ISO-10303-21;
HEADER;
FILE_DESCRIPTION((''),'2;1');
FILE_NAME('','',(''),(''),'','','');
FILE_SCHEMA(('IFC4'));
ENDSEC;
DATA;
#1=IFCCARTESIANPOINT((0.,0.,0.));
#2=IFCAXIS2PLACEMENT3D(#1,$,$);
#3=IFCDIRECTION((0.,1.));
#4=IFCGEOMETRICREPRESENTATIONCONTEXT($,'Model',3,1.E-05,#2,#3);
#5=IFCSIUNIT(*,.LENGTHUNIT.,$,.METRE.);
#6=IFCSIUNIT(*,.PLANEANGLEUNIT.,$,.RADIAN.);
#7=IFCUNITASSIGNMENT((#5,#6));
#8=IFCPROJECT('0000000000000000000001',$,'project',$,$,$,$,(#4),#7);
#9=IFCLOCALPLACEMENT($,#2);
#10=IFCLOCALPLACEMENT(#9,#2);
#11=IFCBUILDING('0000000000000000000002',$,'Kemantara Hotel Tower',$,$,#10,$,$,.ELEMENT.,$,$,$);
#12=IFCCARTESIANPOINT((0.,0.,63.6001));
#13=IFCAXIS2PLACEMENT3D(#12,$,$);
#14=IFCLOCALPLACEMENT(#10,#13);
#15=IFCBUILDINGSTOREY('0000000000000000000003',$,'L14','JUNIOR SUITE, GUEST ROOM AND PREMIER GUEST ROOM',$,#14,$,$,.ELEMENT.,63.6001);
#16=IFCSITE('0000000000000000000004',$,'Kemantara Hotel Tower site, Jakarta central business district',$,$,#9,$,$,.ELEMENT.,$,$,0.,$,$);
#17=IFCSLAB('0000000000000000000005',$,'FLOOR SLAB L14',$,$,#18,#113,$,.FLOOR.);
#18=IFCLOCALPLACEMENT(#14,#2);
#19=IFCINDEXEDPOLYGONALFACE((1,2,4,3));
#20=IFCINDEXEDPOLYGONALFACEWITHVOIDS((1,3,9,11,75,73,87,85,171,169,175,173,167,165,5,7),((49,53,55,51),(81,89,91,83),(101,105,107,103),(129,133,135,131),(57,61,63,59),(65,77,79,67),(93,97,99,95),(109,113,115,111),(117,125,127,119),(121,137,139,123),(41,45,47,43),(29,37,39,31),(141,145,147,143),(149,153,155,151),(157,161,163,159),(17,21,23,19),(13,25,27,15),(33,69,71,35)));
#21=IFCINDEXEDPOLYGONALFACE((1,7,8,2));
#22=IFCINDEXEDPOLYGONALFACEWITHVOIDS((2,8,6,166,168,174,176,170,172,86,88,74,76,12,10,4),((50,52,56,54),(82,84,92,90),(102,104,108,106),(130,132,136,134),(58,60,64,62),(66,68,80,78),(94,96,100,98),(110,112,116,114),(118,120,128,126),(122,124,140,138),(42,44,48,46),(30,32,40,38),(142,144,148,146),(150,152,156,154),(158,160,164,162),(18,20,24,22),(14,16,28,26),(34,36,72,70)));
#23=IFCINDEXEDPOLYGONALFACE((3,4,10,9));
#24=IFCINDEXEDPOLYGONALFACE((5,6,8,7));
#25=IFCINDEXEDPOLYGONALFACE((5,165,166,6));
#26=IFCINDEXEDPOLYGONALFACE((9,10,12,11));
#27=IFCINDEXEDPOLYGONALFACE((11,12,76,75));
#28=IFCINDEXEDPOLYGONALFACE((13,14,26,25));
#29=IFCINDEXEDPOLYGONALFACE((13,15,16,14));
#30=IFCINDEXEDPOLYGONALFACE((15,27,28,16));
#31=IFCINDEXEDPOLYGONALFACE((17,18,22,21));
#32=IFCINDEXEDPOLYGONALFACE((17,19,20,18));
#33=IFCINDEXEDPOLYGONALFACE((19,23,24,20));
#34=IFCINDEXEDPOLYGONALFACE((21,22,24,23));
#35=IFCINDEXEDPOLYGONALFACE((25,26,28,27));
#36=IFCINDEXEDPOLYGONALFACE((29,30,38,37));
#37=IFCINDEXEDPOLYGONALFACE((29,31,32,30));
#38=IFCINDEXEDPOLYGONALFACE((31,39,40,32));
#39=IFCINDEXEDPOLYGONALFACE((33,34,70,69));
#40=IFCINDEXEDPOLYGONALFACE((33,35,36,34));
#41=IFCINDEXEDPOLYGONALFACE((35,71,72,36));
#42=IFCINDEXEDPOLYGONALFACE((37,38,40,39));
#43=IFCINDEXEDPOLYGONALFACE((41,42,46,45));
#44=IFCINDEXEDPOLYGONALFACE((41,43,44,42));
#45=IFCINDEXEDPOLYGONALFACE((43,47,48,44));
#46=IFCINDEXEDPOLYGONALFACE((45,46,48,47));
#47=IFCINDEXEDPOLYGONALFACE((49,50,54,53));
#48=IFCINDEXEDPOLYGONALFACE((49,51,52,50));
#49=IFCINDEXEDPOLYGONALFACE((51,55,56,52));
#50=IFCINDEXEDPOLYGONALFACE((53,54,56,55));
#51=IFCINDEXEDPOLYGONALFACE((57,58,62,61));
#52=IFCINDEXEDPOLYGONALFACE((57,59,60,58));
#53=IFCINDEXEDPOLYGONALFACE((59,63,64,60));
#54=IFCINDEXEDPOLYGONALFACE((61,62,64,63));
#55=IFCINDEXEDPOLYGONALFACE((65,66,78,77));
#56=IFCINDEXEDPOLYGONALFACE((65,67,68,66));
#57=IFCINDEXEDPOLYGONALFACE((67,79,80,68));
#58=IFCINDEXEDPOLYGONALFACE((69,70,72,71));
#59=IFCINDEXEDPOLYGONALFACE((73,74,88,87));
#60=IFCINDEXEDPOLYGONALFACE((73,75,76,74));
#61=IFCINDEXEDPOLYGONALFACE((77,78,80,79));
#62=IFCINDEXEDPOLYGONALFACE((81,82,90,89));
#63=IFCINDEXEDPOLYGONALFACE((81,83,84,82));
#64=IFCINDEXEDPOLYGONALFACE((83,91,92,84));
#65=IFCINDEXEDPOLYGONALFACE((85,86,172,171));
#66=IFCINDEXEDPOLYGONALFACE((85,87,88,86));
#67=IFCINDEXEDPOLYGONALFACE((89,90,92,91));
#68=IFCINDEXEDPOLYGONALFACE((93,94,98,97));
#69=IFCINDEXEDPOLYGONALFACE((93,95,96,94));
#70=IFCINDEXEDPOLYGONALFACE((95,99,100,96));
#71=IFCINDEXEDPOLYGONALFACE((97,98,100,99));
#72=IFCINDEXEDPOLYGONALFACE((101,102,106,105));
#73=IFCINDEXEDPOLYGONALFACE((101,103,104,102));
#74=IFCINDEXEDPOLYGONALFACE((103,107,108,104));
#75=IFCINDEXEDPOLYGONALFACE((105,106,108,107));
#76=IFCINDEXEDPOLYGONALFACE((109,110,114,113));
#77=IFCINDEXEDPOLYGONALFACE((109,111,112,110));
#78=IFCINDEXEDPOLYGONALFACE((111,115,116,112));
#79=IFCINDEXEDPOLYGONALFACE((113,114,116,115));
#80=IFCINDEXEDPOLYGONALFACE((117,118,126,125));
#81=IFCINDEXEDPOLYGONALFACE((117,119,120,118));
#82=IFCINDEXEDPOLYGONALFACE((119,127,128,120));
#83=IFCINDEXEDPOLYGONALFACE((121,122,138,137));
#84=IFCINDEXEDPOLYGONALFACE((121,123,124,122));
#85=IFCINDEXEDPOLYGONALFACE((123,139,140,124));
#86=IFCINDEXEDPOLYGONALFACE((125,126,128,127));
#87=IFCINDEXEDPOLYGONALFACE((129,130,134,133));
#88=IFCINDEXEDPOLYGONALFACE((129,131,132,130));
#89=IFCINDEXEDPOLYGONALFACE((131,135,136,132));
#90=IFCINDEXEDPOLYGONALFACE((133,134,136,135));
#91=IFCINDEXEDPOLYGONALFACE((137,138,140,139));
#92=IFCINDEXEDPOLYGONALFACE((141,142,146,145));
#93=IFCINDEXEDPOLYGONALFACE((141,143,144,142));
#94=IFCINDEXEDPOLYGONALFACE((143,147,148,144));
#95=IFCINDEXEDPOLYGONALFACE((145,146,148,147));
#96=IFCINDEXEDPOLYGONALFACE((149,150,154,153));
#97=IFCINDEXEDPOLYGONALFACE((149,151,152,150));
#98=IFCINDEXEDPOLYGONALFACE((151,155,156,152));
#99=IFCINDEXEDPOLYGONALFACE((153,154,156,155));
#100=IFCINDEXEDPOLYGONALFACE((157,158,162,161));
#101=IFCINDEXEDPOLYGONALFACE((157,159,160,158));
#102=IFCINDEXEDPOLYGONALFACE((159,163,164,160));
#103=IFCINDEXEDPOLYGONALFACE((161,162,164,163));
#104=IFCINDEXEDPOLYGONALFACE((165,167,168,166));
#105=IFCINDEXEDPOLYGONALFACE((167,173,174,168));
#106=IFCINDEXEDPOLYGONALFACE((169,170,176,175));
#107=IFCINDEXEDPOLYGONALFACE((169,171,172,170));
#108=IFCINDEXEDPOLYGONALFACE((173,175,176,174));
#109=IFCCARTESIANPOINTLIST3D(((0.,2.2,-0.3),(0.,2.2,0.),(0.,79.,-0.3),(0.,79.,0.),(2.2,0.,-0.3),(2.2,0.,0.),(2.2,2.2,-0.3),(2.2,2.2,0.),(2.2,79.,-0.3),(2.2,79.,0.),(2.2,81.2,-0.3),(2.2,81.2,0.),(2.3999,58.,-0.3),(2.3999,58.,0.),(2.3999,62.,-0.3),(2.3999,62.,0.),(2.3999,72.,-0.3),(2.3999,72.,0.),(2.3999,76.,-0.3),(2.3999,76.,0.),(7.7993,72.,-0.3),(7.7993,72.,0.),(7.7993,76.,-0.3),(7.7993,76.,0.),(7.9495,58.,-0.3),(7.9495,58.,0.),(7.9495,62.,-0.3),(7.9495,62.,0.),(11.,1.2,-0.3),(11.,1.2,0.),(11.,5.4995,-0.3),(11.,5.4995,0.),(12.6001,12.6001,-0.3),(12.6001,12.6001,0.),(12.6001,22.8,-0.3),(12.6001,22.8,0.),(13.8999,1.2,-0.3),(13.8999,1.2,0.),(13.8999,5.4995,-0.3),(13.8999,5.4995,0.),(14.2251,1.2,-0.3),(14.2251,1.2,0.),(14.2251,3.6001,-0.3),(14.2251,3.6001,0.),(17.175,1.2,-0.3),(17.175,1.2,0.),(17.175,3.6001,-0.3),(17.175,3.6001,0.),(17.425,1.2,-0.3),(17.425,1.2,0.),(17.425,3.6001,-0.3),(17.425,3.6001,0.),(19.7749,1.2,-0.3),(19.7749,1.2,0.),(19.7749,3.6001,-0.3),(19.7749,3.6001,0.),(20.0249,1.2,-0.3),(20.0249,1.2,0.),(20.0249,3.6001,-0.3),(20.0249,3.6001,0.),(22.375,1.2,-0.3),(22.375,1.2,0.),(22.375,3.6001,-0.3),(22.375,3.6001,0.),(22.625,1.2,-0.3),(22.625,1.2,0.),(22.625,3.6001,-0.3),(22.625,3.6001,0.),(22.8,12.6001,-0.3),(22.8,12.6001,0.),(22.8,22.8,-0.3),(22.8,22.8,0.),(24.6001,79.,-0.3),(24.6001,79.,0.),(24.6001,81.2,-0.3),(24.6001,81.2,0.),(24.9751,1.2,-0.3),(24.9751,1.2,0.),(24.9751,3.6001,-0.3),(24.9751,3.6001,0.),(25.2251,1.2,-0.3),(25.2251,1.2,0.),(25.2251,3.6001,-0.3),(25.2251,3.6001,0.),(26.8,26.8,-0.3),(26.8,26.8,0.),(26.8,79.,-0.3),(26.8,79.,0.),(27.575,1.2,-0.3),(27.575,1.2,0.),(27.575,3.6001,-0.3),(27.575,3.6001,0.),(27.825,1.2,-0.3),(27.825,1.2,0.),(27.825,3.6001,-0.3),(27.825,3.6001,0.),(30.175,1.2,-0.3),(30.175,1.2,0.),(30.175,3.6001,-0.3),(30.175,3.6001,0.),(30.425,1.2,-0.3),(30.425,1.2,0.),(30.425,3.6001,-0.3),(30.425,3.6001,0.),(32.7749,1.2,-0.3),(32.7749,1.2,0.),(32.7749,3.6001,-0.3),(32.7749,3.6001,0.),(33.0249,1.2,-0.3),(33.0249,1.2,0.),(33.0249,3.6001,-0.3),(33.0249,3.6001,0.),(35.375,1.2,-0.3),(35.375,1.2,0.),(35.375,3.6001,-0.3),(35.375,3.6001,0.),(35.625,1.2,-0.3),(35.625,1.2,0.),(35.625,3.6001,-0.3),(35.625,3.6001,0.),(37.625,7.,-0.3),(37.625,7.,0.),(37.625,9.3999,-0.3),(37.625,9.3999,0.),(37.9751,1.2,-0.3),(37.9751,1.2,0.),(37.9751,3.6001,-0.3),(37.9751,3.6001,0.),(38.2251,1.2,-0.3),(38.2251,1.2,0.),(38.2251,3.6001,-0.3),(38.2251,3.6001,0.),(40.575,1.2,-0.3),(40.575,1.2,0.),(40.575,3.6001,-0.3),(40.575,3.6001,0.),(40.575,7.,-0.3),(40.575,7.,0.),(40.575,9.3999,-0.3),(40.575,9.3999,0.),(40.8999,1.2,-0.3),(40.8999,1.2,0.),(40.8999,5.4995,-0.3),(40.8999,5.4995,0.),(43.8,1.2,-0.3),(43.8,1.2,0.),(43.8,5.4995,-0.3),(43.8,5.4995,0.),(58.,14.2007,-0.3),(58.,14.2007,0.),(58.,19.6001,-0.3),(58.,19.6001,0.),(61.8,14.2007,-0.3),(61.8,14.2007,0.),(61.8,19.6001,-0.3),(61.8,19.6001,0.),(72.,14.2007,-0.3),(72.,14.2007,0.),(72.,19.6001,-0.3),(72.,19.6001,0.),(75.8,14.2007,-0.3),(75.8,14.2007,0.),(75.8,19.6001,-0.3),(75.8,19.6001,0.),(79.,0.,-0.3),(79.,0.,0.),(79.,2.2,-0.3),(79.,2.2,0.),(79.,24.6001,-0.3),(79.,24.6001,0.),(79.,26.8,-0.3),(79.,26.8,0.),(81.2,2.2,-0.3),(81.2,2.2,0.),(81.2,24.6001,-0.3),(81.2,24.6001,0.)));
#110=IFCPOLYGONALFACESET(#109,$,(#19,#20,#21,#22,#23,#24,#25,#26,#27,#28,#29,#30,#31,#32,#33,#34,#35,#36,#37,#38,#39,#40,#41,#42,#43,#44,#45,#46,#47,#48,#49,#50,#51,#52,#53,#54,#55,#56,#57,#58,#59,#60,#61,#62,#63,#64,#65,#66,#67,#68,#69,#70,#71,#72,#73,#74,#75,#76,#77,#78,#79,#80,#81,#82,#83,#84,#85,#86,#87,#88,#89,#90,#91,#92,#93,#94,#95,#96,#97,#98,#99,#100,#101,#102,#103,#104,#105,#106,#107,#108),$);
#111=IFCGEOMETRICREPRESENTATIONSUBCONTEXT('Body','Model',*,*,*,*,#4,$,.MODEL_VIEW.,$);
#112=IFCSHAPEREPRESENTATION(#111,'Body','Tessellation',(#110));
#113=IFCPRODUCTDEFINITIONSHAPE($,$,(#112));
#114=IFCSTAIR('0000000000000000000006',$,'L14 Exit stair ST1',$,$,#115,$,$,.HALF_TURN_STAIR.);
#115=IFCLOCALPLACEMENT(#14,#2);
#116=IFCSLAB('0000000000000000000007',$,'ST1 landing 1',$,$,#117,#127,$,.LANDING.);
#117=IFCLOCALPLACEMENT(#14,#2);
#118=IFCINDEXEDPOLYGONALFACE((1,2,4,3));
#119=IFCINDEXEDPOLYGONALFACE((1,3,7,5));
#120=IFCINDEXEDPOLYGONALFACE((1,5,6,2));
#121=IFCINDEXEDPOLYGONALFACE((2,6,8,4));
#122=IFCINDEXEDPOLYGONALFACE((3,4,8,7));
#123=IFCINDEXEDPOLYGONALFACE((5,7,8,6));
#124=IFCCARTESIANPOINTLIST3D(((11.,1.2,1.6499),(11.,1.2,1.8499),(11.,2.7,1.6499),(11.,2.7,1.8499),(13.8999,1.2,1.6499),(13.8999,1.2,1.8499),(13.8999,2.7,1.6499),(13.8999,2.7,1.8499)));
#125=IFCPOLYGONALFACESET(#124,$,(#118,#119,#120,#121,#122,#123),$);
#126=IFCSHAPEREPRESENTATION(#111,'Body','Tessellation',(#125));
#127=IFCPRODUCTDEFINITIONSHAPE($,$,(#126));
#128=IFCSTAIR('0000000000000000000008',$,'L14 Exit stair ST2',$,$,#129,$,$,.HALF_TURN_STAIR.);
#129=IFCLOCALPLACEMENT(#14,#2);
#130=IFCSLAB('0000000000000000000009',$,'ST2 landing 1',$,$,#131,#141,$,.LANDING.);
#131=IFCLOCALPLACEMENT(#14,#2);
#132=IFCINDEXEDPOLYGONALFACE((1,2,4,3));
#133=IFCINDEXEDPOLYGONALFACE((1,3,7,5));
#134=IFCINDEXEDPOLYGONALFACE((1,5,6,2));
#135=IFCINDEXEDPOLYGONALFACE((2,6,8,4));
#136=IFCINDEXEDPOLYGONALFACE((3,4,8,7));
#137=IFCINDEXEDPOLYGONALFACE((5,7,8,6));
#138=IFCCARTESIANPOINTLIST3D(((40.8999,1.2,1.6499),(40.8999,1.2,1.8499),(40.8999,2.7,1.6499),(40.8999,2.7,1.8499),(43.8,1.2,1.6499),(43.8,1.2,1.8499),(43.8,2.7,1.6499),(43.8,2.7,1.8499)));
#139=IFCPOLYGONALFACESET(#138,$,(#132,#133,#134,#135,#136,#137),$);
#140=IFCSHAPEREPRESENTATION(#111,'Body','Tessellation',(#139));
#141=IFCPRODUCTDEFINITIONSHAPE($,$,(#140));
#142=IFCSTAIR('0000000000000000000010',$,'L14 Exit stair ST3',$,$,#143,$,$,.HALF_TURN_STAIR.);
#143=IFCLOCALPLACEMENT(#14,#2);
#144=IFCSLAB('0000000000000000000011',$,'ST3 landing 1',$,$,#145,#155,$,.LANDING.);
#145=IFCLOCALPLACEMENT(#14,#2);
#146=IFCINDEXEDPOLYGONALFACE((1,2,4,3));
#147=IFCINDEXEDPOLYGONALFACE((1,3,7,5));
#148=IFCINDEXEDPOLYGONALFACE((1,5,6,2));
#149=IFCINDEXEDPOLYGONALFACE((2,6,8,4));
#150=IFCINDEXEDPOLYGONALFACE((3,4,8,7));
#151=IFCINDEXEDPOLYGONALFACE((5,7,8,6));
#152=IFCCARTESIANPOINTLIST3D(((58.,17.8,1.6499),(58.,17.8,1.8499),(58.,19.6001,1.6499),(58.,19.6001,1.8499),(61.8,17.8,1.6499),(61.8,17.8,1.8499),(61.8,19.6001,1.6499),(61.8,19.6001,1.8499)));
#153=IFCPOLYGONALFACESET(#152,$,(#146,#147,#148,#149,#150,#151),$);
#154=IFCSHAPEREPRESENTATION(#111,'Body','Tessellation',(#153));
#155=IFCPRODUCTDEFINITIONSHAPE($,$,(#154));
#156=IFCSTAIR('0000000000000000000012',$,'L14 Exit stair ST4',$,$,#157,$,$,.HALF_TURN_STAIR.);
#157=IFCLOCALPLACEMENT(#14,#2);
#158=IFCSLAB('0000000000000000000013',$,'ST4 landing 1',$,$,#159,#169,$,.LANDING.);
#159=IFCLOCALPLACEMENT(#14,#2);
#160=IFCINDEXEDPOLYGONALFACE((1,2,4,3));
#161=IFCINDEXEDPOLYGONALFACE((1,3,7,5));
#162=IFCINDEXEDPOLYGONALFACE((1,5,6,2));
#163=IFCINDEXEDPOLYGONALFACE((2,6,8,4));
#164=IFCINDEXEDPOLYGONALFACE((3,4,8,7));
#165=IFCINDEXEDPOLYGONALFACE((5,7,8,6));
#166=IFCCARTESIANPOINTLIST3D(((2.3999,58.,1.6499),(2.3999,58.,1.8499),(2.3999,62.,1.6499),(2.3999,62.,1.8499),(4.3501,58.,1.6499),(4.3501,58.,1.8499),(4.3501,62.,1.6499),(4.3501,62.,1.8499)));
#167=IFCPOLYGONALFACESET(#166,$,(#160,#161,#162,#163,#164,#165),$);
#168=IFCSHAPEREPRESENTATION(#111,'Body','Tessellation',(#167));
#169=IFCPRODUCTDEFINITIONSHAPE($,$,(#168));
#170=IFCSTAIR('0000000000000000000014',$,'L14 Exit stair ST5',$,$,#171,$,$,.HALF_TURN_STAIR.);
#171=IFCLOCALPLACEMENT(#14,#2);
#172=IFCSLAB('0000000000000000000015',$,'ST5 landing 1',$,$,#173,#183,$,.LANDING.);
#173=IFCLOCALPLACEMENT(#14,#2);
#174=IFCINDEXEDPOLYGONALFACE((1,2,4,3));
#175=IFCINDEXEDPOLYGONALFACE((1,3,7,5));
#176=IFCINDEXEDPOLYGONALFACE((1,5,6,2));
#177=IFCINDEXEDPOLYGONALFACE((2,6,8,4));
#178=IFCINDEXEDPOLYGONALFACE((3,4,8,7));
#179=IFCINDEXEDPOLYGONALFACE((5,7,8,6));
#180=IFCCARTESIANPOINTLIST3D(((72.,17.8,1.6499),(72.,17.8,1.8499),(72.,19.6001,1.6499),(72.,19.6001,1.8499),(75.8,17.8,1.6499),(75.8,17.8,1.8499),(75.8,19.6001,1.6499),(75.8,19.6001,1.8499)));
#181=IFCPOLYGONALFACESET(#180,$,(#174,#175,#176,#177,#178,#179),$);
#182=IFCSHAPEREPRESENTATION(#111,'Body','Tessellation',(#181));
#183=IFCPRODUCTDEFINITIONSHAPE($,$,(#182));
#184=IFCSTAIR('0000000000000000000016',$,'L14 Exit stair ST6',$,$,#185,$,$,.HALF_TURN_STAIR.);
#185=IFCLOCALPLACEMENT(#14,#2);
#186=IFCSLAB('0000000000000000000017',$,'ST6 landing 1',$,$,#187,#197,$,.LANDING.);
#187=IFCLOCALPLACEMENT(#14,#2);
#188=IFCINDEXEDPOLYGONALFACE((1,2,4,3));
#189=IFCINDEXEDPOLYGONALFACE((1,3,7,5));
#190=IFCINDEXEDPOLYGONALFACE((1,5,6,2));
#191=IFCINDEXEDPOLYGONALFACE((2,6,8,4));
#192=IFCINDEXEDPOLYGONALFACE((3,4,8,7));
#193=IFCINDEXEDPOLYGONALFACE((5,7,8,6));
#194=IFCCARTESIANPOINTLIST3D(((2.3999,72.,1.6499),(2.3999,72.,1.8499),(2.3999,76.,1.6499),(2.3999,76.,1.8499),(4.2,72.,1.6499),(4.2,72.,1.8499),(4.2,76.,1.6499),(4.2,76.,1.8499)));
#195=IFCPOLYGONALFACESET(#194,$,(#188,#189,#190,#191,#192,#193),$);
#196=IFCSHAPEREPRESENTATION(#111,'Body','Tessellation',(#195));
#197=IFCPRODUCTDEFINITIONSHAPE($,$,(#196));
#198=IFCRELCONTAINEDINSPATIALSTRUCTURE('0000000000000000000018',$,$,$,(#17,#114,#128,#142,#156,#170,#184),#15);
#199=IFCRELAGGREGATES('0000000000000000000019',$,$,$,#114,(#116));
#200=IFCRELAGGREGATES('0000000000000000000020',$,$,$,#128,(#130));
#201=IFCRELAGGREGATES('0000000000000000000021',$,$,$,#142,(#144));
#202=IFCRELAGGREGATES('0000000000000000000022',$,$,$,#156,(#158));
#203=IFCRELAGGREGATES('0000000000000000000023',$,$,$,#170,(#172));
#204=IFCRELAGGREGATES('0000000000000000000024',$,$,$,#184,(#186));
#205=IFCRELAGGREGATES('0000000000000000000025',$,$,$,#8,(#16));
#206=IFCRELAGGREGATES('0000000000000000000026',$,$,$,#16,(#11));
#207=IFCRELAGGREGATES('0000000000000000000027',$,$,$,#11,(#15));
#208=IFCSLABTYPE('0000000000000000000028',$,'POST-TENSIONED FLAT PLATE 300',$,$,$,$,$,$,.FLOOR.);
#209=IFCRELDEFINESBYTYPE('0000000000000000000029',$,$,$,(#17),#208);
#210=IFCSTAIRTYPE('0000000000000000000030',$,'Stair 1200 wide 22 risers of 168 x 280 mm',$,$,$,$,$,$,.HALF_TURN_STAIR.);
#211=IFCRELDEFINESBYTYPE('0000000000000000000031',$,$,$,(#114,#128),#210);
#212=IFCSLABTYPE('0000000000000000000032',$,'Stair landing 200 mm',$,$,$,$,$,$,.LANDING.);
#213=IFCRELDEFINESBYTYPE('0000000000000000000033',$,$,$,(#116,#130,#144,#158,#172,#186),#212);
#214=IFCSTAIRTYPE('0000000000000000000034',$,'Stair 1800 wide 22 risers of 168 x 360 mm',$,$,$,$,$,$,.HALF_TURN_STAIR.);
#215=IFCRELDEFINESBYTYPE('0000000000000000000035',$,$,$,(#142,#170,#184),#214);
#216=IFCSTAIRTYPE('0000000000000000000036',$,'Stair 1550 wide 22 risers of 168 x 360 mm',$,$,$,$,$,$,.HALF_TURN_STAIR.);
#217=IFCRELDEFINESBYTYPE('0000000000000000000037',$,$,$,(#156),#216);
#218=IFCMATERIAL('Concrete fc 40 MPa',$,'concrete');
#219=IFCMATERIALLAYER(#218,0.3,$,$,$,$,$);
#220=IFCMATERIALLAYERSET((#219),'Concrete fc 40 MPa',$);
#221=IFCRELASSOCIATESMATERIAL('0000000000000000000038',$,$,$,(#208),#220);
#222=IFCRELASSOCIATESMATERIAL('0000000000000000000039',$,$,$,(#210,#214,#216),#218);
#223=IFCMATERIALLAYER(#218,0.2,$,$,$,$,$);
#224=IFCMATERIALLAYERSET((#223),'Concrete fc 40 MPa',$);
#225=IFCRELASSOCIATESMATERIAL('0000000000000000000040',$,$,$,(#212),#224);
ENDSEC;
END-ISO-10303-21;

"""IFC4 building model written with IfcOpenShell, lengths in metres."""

from ifc_helpers import new_model, si_unit, direction, frame, origin, place, context, subcontext, project, spatial, polyline, outline, extrude, material, layer, layer_set, type_object, element, aggregate, save


model = new_model("IFC4")

# Units and contexts
model_context = context("Model", 3, precision=1e-05, world=origin(), true_north=direction((0.0, 1.0)))
body_context = subcontext(model_context, "Body", "Model", "MODEL_VIEW")
ifc_project = project(units=[si_unit("LENGTHUNIT", "METRE"), si_unit("PLANEANGLEUNIT", "RADIAN")], contexts=[model_context])

# Site, building, storey
site_placement = place(None, origin())
site = spatial("IfcSite", under=ifc_project, at=site_placement, Name="Kemantara Hotel Tower site, Jakarta central business district", CompositionType="ELEMENT", RefElevation=0.0)
building_placement = place(site_placement, origin())
building = spatial("IfcBuilding", under=site, at=building_placement, Name="Kemantara Hotel Tower", CompositionType="ELEMENT")
storey_placement = place(building_placement, frame((0.0, 0.0, 63.6001)))
storey = spatial("IfcBuildingStorey", under=building, at=storey_placement, Name="L14", Description="JUNIOR SUITE, GUEST ROOM AND PREMIER GUEST ROOM", CompositionType="ELEMENT", Elevation=63.6001)

# Slab
ifc_material_1 = material(Name="Concrete fc 40 MPa", Category="concrete")
ifc_layer_1 = layer(ifc_material_1, 0.3)
ifc_layer_set_1 = layer_set([ifc_layer_1], Name="Concrete fc 40 MPa")
slab_type_1 = type_object("IfcSlabType", Name="POST-TENSIONED FLAT PLATE 300", PredefinedType="FLOOR", material=ifc_layer_set_1)
slab_1_placement = place(storey_placement, frame((0.0, 0.0, -0.3)))
element("IfcSlab", 1, at=slab_1_placement, inside=storey, type_object=slab_type_1, Name="FLOOR SLAB L14", PredefinedType="FLOOR", context=body_context, shape_type="SweptSolid", body=[
    extrude(outline(polyline([(0.0, 2.2), (2.2, 2.2), (2.2, 0.0), (79.0, 0.0), (79.0, 2.2), (81.2, 2.2), (81.2, 24.6001), (79.0, 24.6001), (79.0, 26.8), (26.8, 26.8), (26.8, 79.0), (24.6001, 79.0), (24.6001, 81.2), (2.2, 81.2), (2.2, 79.0), (0.0, 79.0), (0.0, 2.2)]), holes=[polyline([(17.175, 1.2), (14.2251, 1.2), (14.2251, 3.6001), (17.175, 3.6001), (17.175, 1.2)]), polyline([(19.7749, 1.2), (17.425, 1.2), (17.425, 3.6001), (19.7749, 3.6001), (19.7749, 1.2)]), polyline([(22.375, 1.2), (20.0249, 1.2), (20.0249, 3.6001), (22.375, 3.6001), (22.375, 1.2)]), polyline([(24.9751, 1.2), (22.625, 1.2), (22.625, 3.6001), (24.9751, 3.6001), (24.9751, 1.2)]), polyline([(27.575, 1.2), (25.2251, 1.2), (25.2251, 3.6001), (27.575, 3.6001), (27.575, 1.2)]), polyline([(11.0, 1.2), (11.0, 5.4995), (13.8999, 5.4995), (13.8999, 1.2), (11.0, 1.2)]), polyline([(22.8, 12.6001), (12.6001, 12.6001), (12.6001, 22.8), (22.8, 22.8), (22.8, 12.6001)]), polyline([(7.9495, 62.0), (7.9495, 58.0), (2.3999, 58.0), (2.3999, 62.0), (7.9495, 62.0)]), polyline([(7.7993, 76.0), (7.7993, 72.0), (2.3999, 72.0), (2.3999, 76.0), (7.7993, 76.0)]), polyline([(30.175, 1.2), (27.825, 1.2), (27.825, 3.6001), (30.175, 3.6001), (30.175, 1.2)]), polyline([(32.7749, 1.2), (30.425, 1.2), (30.425, 3.6001), (32.7749, 3.6001), (32.7749, 1.2)]), polyline([(35.375, 1.2), (33.0249, 1.2), (33.0249, 3.6001), (35.375, 3.6001), (35.375, 1.2)]), polyline([(37.9751, 1.2), (35.625, 1.2), (35.625, 3.6001), (37.9751, 3.6001), (37.9751, 1.2)]), polyline([(40.575, 1.2), (38.2251, 1.2), (38.2251, 3.6001), (40.575, 3.6001), (40.575, 1.2)]), polyline([(40.8999, 1.2), (40.8999, 5.4995), (43.8, 5.4995), (43.8, 1.2), (40.8999, 1.2)]), polyline([(40.575, 7.0), (37.625, 7.0), (37.625, 9.3999), (40.575, 9.3999), (40.575, 7.0)]), polyline([(61.8, 14.2007), (58.0, 14.2007), (58.0, 19.6001), (61.8, 19.6001), (61.8, 14.2007)]), polyline([(75.8, 14.2007), (72.0, 14.2007), (72.0, 19.6001), (75.8, 19.6001), (75.8, 14.2007)])]), origin(), (0.0, 0.0, 1.0), 0.3),
])

# Stairs, slabs
stair_type_1 = type_object("IfcStairType", Name="Stair 1200 wide 22 risers of 168 x 280 mm", PredefinedType="HALF_TURN_STAIR", material=ifc_material_1)
stair_1_placement = place(storey_placement, origin())
stair_1 = element("IfcStair", 2, at=stair_1_placement, inside=storey, type_object=stair_type_1, Name="L14 Exit stair ST1", PredefinedType="HALF_TURN_STAIR")
ifc_layer_2 = layer(ifc_material_1, 0.2)
ifc_layer_set_2 = layer_set([ifc_layer_2], Name="Concrete fc 40 MPa")
slab_type_2 = type_object("IfcSlabType", Name="Stair landing 200 mm", PredefinedType="LANDING", material=ifc_layer_set_2)
slab_2_placement = place(storey_placement, frame((0.0, 0.0, 1.6499)))
slab_2 = element("IfcSlab", 3, at=slab_2_placement, type_object=slab_type_2, Name="ST1 landing 1", PredefinedType="LANDING", context=body_context, shape_type="SweptSolid", body=[
    extrude(outline(polyline([(11.0, 2.7), (11.0, 1.2), (13.8999, 1.2), (13.8999, 2.7), (11.0, 2.7)])), origin(), (0.0, 0.0, 1.0), 0.2),
])
aggregate(stair_1, [slab_2])
stair_2_placement = place(storey_placement, origin())
stair_2 = element("IfcStair", 4, at=stair_2_placement, inside=storey, type_object=stair_type_1, Name="L14 Exit stair ST2", PredefinedType="HALF_TURN_STAIR")
slab_3_placement = place(storey_placement, frame((0.0, 0.0, 1.6499)))
slab_3 = element("IfcSlab", 5, at=slab_3_placement, type_object=slab_type_2, Name="ST2 landing 1", PredefinedType="LANDING", context=body_context, shape_type="SweptSolid", body=[
    extrude(outline(polyline([(40.8999, 2.7), (40.8999, 1.2), (43.8, 1.2), (43.8, 2.7), (40.8999, 2.7)])), origin(), (0.0, 0.0, 1.0), 0.2),
])
aggregate(stair_2, [slab_3])
stair_type_2 = type_object("IfcStairType", Name="Stair 1800 wide 22 risers of 168 x 360 mm", PredefinedType="HALF_TURN_STAIR", material=ifc_material_1)
stair_3_placement = place(storey_placement, origin())
stair_3 = element("IfcStair", 6, at=stair_3_placement, inside=storey, type_object=stair_type_2, Name="L14 Exit stair ST3", PredefinedType="HALF_TURN_STAIR")
slab_4_placement = place(storey_placement, frame((0.0, 0.0, 1.6499)))
slab_4 = element("IfcSlab", 7, at=slab_4_placement, type_object=slab_type_2, Name="ST3 landing 1", PredefinedType="LANDING", context=body_context, shape_type="SweptSolid", body=[
    extrude(outline(polyline([(61.8, 17.8), (61.8, 19.6001), (58.0, 19.6001), (58.0, 17.8), (61.8, 17.8)])), origin(), (0.0, 0.0, 1.0), 0.2),
])
aggregate(stair_3, [slab_4])
stair_type_3 = type_object("IfcStairType", Name="Stair 1550 wide 22 risers of 168 x 360 mm", PredefinedType="HALF_TURN_STAIR", material=ifc_material_1)
stair_4_placement = place(storey_placement, origin())
stair_4 = element("IfcStair", 8, at=stair_4_placement, inside=storey, type_object=stair_type_3, Name="L14 Exit stair ST4", PredefinedType="HALF_TURN_STAIR")
slab_5_placement = place(storey_placement, frame((0.0, 0.0, 1.6499)))
slab_5 = element("IfcSlab", 9, at=slab_5_placement, type_object=slab_type_2, Name="ST4 landing 1", PredefinedType="LANDING", context=body_context, shape_type="SweptSolid", body=[
    extrude(outline(polyline([(4.3501, 62.0), (2.3999, 62.0), (2.3999, 58.0), (4.3501, 58.0), (4.3501, 62.0)])), origin(), (0.0, 0.0, 1.0), 0.2),
])
aggregate(stair_4, [slab_5])
stair_5_placement = place(storey_placement, origin())
stair_5 = element("IfcStair", 10, at=stair_5_placement, inside=storey, type_object=stair_type_2, Name="L14 Exit stair ST5", PredefinedType="HALF_TURN_STAIR")
slab_6_placement = place(storey_placement, frame((0.0, 0.0, 1.6499)))
slab_6 = element("IfcSlab", 11, at=slab_6_placement, type_object=slab_type_2, Name="ST5 landing 1", PredefinedType="LANDING", context=body_context, shape_type="SweptSolid", body=[
    extrude(outline(polyline([(75.8, 17.8), (75.8, 19.6001), (72.0, 19.6001), (72.0, 17.8), (75.8, 17.8)])), origin(), (0.0, 0.0, 1.0), 0.2),
])
aggregate(stair_5, [slab_6])
stair_6_placement = place(storey_placement, origin())
stair_6 = element("IfcStair", 12, at=stair_6_placement, inside=storey, type_object=stair_type_2, Name="L14 Exit stair ST6", PredefinedType="HALF_TURN_STAIR")
slab_7_placement = place(storey_placement, frame((0.0, 0.0, 1.6499)))
slab_7 = element("IfcSlab", 13, at=slab_7_placement, type_object=slab_type_2, Name="ST6 landing 1", PredefinedType="LANDING", context=body_context, shape_type="SweptSolid", body=[
    extrude(outline(polyline([(4.2, 76.0), (2.3999, 76.0), (2.3999, 72.0), (4.2, 72.0), (4.2, 76.0)])), origin(), (0.0, 0.0, 1.0), 0.2),
])
aggregate(stair_6, [slab_7])

save(model, "model.ifc")
